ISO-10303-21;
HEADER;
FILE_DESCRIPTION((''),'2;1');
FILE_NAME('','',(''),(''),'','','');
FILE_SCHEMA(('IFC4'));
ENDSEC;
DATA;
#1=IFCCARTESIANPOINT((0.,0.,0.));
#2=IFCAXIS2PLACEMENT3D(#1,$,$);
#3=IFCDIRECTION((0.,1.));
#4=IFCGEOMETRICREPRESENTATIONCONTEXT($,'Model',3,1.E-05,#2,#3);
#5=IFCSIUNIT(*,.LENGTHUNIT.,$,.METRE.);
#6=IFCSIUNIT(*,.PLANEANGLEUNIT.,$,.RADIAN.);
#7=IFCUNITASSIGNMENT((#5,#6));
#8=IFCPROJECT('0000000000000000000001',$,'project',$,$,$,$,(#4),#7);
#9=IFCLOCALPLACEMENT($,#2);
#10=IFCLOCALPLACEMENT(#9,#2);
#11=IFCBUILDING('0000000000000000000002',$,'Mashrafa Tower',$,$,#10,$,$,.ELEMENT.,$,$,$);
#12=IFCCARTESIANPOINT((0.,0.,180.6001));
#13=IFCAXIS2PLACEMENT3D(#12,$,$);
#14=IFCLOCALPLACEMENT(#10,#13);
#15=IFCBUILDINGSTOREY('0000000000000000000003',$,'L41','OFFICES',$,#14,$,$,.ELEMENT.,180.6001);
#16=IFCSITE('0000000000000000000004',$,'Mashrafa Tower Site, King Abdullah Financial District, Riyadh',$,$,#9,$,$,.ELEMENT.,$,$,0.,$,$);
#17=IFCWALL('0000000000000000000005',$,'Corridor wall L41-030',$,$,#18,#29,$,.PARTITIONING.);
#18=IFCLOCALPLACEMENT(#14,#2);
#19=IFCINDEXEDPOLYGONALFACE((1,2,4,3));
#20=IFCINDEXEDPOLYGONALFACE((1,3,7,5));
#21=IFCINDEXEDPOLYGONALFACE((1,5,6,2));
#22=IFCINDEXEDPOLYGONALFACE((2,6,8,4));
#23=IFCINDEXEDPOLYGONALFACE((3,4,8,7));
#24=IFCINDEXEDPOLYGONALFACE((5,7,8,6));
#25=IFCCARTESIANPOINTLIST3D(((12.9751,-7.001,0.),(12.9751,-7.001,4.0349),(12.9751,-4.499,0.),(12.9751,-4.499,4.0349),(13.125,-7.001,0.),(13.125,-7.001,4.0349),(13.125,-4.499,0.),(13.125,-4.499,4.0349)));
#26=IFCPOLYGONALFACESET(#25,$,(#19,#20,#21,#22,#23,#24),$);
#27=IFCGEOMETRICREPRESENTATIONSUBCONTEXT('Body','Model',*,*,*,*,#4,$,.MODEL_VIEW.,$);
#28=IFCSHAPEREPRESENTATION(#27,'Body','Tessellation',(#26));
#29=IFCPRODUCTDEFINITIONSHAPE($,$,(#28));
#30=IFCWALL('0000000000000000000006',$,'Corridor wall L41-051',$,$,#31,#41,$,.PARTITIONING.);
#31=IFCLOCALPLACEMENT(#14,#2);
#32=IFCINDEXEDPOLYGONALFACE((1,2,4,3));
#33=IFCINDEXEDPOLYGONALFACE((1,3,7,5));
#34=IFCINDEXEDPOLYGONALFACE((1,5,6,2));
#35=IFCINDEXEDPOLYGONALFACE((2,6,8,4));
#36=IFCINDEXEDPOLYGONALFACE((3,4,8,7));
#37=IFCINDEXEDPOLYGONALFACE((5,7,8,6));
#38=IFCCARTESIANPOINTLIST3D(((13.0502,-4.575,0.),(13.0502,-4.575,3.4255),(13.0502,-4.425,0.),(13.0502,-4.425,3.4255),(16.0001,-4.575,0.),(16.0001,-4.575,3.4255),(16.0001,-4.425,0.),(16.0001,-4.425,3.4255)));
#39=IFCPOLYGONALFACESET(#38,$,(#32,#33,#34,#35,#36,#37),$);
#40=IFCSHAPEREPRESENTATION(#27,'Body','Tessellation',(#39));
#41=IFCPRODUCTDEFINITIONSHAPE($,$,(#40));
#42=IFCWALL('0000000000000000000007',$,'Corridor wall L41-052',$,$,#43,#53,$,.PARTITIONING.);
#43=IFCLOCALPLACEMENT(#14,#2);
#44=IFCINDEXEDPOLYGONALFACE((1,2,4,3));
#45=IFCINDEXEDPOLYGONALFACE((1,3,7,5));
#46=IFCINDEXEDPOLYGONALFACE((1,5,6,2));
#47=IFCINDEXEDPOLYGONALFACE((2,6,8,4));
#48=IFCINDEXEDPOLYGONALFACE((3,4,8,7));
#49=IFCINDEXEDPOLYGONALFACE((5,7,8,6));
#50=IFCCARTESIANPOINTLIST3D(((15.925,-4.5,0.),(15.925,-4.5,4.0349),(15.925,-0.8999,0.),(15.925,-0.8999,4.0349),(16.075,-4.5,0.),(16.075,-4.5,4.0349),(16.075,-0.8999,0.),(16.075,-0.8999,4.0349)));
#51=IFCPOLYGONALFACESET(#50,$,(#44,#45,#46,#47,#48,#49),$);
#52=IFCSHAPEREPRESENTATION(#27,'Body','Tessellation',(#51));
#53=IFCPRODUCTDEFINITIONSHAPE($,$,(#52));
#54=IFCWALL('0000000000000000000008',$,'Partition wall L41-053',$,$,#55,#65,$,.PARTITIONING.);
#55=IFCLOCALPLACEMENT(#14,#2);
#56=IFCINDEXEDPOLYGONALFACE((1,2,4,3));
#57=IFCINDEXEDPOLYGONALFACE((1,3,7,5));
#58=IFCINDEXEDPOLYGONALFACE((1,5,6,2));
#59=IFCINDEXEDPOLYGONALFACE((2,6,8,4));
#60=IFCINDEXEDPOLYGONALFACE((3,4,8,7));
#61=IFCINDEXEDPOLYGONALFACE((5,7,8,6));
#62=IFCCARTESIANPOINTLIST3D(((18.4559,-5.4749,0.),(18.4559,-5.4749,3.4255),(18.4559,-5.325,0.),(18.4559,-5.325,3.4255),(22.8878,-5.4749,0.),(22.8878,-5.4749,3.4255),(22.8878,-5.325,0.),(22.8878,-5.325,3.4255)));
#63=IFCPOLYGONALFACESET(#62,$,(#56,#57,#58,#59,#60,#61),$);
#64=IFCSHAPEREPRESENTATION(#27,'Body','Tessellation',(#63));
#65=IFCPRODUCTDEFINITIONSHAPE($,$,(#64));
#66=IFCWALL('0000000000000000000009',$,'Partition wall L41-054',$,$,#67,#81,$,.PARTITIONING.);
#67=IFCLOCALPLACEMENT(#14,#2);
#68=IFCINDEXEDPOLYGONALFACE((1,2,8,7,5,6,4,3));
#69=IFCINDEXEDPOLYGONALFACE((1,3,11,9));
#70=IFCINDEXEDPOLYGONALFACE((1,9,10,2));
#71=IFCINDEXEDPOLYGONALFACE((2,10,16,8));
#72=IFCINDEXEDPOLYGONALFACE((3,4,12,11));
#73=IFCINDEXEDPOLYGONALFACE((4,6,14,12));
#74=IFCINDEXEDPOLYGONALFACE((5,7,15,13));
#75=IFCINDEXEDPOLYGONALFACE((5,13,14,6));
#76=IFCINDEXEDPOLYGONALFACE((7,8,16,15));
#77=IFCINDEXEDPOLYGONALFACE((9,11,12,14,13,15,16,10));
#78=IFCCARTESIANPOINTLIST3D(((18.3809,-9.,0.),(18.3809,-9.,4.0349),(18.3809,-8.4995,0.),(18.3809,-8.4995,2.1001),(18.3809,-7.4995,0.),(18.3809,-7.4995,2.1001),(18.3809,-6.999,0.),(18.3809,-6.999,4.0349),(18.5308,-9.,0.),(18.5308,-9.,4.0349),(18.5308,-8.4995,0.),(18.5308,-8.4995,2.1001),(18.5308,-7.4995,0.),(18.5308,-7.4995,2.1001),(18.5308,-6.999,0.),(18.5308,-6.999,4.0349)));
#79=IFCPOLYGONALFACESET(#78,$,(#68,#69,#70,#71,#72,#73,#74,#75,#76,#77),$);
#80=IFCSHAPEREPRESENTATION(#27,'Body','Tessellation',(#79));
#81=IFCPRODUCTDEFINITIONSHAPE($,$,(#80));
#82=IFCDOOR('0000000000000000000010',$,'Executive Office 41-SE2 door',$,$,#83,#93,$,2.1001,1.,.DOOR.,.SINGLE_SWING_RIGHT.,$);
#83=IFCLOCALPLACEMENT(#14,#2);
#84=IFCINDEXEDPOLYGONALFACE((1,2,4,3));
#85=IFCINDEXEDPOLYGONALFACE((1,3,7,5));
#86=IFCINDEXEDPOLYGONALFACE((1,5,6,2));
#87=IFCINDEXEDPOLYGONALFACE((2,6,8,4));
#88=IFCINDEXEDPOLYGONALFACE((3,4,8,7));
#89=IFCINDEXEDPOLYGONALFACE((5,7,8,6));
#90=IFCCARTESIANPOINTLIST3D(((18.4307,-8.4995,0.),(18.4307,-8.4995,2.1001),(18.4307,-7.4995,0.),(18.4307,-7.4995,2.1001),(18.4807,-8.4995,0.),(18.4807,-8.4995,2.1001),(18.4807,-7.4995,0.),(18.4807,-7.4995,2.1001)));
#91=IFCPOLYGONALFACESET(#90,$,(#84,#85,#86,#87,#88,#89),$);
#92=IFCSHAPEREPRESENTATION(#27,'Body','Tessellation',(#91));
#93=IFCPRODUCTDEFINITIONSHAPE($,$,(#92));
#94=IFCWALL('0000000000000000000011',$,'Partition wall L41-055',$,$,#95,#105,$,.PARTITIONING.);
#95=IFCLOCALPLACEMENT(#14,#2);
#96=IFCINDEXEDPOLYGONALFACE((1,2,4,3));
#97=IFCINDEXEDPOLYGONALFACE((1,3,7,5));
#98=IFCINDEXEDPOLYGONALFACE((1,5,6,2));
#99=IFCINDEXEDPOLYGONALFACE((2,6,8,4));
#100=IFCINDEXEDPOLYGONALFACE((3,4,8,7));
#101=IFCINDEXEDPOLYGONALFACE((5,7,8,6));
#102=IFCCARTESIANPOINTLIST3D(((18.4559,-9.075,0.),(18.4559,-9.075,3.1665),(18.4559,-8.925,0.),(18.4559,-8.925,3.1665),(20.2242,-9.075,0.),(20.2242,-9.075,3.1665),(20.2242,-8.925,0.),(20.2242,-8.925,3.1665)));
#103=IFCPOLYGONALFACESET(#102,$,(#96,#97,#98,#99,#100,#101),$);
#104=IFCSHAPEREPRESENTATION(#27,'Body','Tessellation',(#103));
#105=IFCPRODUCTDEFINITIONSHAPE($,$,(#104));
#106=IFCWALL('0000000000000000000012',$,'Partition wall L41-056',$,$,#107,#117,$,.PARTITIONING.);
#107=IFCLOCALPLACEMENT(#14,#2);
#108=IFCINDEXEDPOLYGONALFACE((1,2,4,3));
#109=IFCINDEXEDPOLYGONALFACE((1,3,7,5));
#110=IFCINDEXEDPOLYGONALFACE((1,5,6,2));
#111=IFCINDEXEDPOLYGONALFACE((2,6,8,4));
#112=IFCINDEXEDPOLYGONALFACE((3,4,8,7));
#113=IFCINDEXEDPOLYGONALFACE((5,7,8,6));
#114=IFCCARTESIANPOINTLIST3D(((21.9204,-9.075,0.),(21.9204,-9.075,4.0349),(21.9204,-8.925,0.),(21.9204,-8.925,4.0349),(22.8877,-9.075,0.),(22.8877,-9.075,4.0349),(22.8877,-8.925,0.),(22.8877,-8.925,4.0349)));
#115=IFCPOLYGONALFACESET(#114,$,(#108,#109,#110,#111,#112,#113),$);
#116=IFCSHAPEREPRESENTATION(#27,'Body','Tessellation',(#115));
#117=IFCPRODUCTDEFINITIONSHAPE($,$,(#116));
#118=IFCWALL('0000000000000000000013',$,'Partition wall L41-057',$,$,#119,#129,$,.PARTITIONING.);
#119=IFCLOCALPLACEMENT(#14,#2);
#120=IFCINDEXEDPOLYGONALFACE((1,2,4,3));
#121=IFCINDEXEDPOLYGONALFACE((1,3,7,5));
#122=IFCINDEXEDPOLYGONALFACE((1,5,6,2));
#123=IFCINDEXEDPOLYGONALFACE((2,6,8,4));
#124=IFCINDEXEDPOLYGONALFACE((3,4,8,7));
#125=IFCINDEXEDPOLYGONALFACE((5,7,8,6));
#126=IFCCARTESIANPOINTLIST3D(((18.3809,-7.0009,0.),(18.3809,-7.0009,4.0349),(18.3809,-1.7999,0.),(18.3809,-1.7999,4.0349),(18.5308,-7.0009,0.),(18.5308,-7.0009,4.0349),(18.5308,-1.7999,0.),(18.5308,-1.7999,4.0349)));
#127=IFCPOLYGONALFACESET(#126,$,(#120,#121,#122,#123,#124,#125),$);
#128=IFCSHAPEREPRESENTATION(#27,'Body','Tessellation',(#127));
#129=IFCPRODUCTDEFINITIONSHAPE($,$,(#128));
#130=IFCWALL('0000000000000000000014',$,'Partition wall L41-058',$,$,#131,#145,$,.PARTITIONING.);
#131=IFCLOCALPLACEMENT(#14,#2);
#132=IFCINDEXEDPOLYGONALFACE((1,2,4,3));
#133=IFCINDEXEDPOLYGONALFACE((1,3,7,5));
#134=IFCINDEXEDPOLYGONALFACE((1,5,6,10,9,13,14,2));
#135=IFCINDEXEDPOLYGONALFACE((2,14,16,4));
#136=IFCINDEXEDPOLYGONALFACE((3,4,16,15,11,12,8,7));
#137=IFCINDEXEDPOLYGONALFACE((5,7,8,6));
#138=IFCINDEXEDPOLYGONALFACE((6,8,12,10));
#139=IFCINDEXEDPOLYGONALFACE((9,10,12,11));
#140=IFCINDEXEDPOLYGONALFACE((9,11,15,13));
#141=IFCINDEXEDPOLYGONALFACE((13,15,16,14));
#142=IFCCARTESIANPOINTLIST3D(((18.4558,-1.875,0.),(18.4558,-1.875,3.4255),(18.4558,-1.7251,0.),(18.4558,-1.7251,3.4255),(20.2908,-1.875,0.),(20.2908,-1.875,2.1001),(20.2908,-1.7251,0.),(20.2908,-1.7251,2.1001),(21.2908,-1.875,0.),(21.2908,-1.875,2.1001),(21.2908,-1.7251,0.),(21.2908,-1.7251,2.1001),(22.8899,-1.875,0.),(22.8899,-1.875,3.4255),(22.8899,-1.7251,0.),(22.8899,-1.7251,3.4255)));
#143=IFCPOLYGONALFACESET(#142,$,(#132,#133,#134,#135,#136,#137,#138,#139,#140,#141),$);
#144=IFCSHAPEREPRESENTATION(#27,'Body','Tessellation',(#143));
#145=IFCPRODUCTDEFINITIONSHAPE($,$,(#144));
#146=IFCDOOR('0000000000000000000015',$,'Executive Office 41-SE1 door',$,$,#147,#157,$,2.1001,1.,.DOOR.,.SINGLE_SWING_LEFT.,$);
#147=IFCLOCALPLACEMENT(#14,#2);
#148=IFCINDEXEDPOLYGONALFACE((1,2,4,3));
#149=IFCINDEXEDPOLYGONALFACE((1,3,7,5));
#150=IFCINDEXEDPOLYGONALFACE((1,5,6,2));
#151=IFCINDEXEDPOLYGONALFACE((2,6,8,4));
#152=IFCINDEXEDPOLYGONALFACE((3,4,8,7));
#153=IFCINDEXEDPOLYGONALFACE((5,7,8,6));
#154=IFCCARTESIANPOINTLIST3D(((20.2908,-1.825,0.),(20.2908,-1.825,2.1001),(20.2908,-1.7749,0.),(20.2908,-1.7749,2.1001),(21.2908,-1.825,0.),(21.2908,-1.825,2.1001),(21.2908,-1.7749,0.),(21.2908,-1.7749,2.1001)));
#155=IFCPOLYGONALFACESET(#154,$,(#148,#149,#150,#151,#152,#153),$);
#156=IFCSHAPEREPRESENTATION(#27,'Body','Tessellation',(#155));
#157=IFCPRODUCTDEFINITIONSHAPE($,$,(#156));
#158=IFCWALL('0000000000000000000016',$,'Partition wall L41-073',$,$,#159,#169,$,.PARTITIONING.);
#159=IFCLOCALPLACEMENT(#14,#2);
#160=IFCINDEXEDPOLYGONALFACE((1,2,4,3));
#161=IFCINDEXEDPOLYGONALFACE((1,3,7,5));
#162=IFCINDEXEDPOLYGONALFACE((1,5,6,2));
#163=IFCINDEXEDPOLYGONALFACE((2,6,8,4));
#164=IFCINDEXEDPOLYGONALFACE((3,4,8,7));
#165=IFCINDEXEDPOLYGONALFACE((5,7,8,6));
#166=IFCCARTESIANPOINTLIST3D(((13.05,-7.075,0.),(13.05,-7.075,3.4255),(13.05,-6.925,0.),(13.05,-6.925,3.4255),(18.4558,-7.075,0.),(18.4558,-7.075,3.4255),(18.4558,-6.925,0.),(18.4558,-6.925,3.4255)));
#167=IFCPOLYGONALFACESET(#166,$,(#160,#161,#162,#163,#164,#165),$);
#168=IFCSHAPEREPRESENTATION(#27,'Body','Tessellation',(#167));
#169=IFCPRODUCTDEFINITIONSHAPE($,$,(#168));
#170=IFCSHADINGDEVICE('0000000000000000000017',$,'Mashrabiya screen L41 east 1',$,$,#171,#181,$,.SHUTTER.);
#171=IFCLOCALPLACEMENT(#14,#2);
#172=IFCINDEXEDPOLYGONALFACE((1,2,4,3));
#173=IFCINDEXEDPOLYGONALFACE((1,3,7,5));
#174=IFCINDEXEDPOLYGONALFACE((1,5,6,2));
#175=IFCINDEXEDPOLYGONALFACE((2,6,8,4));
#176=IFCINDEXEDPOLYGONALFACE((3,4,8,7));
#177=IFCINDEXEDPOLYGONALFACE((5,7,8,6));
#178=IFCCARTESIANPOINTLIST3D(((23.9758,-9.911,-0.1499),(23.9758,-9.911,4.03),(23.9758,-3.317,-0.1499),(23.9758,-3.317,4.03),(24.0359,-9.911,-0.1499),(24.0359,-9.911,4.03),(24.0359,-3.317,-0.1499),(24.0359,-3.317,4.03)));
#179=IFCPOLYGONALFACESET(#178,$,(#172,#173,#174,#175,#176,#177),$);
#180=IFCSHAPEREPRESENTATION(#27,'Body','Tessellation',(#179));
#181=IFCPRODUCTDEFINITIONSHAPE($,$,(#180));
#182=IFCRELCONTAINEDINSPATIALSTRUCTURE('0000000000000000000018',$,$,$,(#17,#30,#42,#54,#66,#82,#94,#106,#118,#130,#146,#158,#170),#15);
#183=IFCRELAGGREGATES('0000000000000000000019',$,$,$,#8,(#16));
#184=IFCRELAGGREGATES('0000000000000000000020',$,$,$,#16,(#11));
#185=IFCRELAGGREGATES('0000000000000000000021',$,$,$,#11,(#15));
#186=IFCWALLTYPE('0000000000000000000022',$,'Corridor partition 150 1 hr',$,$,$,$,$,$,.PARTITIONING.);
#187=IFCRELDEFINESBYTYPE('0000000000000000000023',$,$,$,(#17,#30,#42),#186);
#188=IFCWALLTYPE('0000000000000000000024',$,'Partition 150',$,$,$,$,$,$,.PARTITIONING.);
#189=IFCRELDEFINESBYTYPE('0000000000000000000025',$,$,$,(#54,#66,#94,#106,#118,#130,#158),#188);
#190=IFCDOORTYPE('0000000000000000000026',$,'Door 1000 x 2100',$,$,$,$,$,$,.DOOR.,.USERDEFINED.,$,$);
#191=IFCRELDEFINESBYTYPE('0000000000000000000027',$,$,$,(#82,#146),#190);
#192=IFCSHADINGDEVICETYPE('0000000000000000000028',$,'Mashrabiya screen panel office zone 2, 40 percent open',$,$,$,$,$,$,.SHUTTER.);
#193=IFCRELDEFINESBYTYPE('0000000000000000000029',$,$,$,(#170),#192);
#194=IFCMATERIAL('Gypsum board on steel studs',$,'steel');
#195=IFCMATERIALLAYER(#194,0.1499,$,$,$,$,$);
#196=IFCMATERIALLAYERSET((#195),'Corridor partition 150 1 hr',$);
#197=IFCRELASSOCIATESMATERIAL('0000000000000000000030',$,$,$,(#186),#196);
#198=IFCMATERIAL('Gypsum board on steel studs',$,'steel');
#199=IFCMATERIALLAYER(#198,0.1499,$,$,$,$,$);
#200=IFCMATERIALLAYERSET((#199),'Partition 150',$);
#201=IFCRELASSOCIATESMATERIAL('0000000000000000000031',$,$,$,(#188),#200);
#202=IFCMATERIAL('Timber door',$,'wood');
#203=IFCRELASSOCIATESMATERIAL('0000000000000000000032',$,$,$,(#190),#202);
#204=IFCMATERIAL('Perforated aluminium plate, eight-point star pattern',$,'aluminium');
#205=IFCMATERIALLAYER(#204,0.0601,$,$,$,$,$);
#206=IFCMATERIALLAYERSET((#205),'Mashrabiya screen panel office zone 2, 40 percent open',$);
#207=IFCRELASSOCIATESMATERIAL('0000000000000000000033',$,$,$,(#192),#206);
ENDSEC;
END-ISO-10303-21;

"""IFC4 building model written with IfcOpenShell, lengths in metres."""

from ifc_helpers import new_model, si_unit, direction, frame, frame_2d, origin, origin_2d, place, context, subcontext, project, spatial, rectangle, extrude, source, transform, mapped, material, layer, layer_set, type_object, type_shapes, element, fill, save


model = new_model("IFC4")

# Units and contexts
model_context = context("Model", 3, precision=1e-05, world=origin(), true_north=direction((0.0, 1.0)))
body_context = subcontext(model_context, "Body", "Model", "MODEL_VIEW")
ifc_project = project(units=[si_unit("LENGTHUNIT", "METRE"), si_unit("PLANEANGLEUNIT", "RADIAN")], contexts=[model_context])

# Site, building, storey
site_placement = place(None, origin())
site = spatial("IfcSite", under=ifc_project, at=site_placement, Name="Mashrafa Tower Site, King Abdullah Financial District, Riyadh", CompositionType="ELEMENT", RefElevation=0.0)
building_placement = place(site_placement, origin())
building = spatial("IfcBuilding", under=site, at=building_placement, Name="Mashrafa Tower", CompositionType="ELEMENT")
storey_placement = place(building_placement, frame((0.0, 0.0, 180.6001)))
storey = spatial("IfcBuildingStorey", under=building, at=storey_placement, Name="L41", Description="OFFICES", CompositionType="ELEMENT", Elevation=180.6001)

# Shared definitions
ifc_material_1 = material(Name="Gypsum board on steel studs", Category="steel")
ifc_layer_1 = layer(ifc_material_1, 0.1499)
ifc_layer_set_1 = layer_set([ifc_layer_1], Name="Corridor partition 150 1 hr")
wall_type_1 = type_object("IfcWallType", Name="Corridor partition 150 1 hr", PredefinedType="PARTITIONING", material=ifc_layer_set_1)

# Wall
wall_1_placement = place(storey_placement, frame((13.05, -7.001, 0.0), z_axis=(0.0, 0.0, 1.0), x_axis=(0.0, 1.0, 0.0)))
element("IfcWall", 1, at=wall_1_placement, inside=storey, type_object=wall_type_1, Name="Corridor wall L41-030", PredefinedType="PARTITIONING", context=body_context, shape_type="SweptSolid", body=[
    extrude(rectangle(XDim=2.502, YDim=0.1499, at=frame_2d((1.251, 0.0))), origin(), (0.0, 0.0, 1.0), 4.0349),
])

# Walls
wall_2_placement = place(storey_placement, frame((13.05, -4.5, 0.0), z_axis=(0.0, 0.0, 1.0), x_axis=(1.0, 0.0, 0.0)))
element("IfcWall", 2, at=wall_2_placement, inside=storey, type_object=wall_type_1, Name="Corridor wall L41-051", PredefinedType="PARTITIONING", context=body_context, shape_type="SweptSolid", body=[
    extrude(rectangle(XDim=2.95, YDim=0.1499, at=frame_2d((1.4751, 0.0))), origin(), (0.0, 0.0, 1.0), 3.4255),
])
wall_3_placement = place(storey_placement, frame((16.0, -4.5, 0.0), z_axis=(0.0, 0.0, 1.0), x_axis=(0.0, 1.0, 0.0)))
element("IfcWall", 3, at=wall_3_placement, inside=storey, type_object=wall_type_1, Name="Corridor wall L41-052", PredefinedType="PARTITIONING", context=body_context, shape_type="SweptSolid", body=[
    extrude(rectangle(XDim=3.6001, YDim=0.1499, at=frame_2d((1.8, 0.0))), origin(), (0.0, 0.0, 1.0), 4.0349),
])
ifc_material_2 = material(Name="Gypsum board on steel studs", Category="steel")
ifc_layer_2 = layer(ifc_material_2, 0.1499)
ifc_layer_set_2 = layer_set([ifc_layer_2], Name="Partition 150")
wall_type_2 = type_object("IfcWallType", Name="Partition 150", PredefinedType="PARTITIONING", material=ifc_layer_set_2)
wall_4_placement = place(storey_placement, frame((22.8877, -5.3999, 0.0), z_axis=(0.0, 0.0, 1.0), x_axis=(-1.0, 0.0, 0.0)))
element("IfcWall", 4, at=wall_4_placement, inside=storey, type_object=wall_type_2, Name="Partition wall L41-053", PredefinedType="PARTITIONING", context=body_context, shape_type="SweptSolid", body=[
    extrude(rectangle(XDim=4.4319, YDim=0.1499, at=frame_2d((2.2158, 0.0))), origin(), (0.0, 0.0, 1.0), 3.4255),
])

# Wall, opening, door
wall_5_placement = place(storey_placement, frame((18.4558, -6.999, 0.0), z_axis=(0.0, 0.0, 1.0), x_axis=(0.0, -1.0, 0.0)))
wall_5 = element("IfcWall", 5, at=wall_5_placement, inside=storey, type_object=wall_type_2, Name="Partition wall L41-054", PredefinedType="PARTITIONING", context=body_context, shape_type="SweptSolid", body=[
    extrude(rectangle(XDim=2.001, YDim=0.1499, at=frame_2d((1.0005, 0.0))), origin(), (0.0, 0.0, 1.0), 4.0349),
])
opening_1_placement = place(wall_5_placement, frame((0.5005, 0.0, 0.0)))
opening_1 = element("IfcOpeningElement", 6, at=opening_1_placement, cuts=wall_5, PredefinedType="OPENING", context=body_context, shape_type="SweptSolid", body=[
    extrude(rectangle(XDim=1.0, YDim=2.1001, at=frame_2d((0.5, 1.05))), frame((0.0, 0.085, 0.0), z_axis=(0.0, -1.0, 0.0), x_axis=(1.0, 0.0, 0.0)), (0.0, 0.0, 1.0), 0.1699),
])
ifc_material_3 = material(Name="Timber door", Category="wood")
door_type_1 = type_object("IfcDoorType", Name="Door 1000 x 2100", OperationType="USERDEFINED", PredefinedType="DOOR", material=ifc_material_3)
door_1_placement = place(opening_1_placement, origin())
door_1 = element("IfcDoor", 7, at=door_1_placement, inside=storey, type_object=door_type_1, Name="Executive Office 41-SE2 door", OperationType="SINGLE_SWING_RIGHT", OverallHeight=2.1001, OverallWidth=1.0, PredefinedType="DOOR", context=body_context, shape_type="SweptSolid", body=[
    extrude(rectangle(XDim=1.0, YDim=2.1001, at=frame_2d((0.5, 1.05))), frame((0.0, 0.0249, 0.0), z_axis=(0.0, -1.0, 0.0), x_axis=(1.0, 0.0, 0.0)), (0.0, 0.0, 1.0), 0.05),
])
fill(opening_1, door_1)

# Walls
wall_6_placement = place(storey_placement, frame((18.4558, -9.0, 0.0), z_axis=(0.0, 0.0, 1.0), x_axis=(1.0, 0.0, 0.0)))
element("IfcWall", 8, at=wall_6_placement, inside=storey, type_object=wall_type_2, Name="Partition wall L41-055", PredefinedType="PARTITIONING", context=body_context, shape_type="SweptSolid", body=[
    extrude(rectangle(XDim=1.7683, YDim=0.1499, at=frame_2d((0.8843, 0.0))), origin(), (0.0, 0.0, 1.0), 3.1665),
])
wall_7_placement = place(storey_placement, frame((21.9204, -9.0, 0.0), z_axis=(0.0, 0.0, 1.0), x_axis=(1.0, 0.0, 0.0)))
element("IfcWall", 9, at=wall_7_placement, inside=storey, type_object=wall_type_2, Name="Partition wall L41-056", PredefinedType="PARTITIONING", context=body_context, shape_type="SweptSolid", body=[
    extrude(rectangle(XDim=0.9673, YDim=0.1499, at=frame_2d((0.4836, 0.0))), origin(), (0.0, 0.0, 1.0), 4.0349),
])
wall_8_placement = place(storey_placement, frame((18.4558, -7.001, 0.0), z_axis=(0.0, 0.0, 1.0), x_axis=(0.0, 1.0, 0.0)))
element("IfcWall", 10, at=wall_8_placement, inside=storey, type_object=wall_type_2, Name="Partition wall L41-057", PredefinedType="PARTITIONING", context=body_context, shape_type="SweptSolid", body=[
    extrude(rectangle(XDim=5.2009, YDim=0.1499, at=frame_2d((2.6006, 0.0))), origin(), (0.0, 0.0, 1.0), 4.0349),
])

# Wall, opening, door
wall_9_placement = place(storey_placement, frame((22.8899, -1.8, 0.0), z_axis=(0.0, 0.0, 1.0), x_axis=(-1.0, 0.0, 0.0)))
wall_9 = element("IfcWall", 11, at=wall_9_placement, inside=storey, type_object=wall_type_2, Name="Partition wall L41-058", PredefinedType="PARTITIONING", context=body_context, shape_type="SweptSolid", body=[
    extrude(rectangle(XDim=4.4341, YDim=0.1499, at=frame_2d((2.217, 0.0))), origin(), (0.0, 0.0, 1.0), 3.4255),
])
opening_2_placement = place(wall_9_placement, frame((1.5991, 0.0, 0.0)))
opening_2 = element("IfcOpeningElement", 12, at=opening_2_placement, cuts=wall_9, PredefinedType="OPENING", context=body_context, shape_type="SweptSolid", body=[
    extrude(rectangle(XDim=1.0, YDim=2.1001, at=frame_2d((0.5, 1.05))), frame((0.0, 0.085, 0.0), z_axis=(0.0, -1.0, 0.0), x_axis=(1.0, 0.0, 0.0)), (0.0, 0.0, 1.0), 0.1699),
])
door_2_placement = place(opening_2_placement, origin())
door_2 = element("IfcDoor", 13, at=door_2_placement, inside=storey, type_object=door_type_1, Name="Executive Office 41-SE1 door", OperationType="SINGLE_SWING_LEFT", OverallHeight=2.1001, OverallWidth=1.0, PredefinedType="DOOR", context=body_context, shape_type="SweptSolid", body=[
    extrude(rectangle(XDim=1.0, YDim=2.1001, at=frame_2d((0.5, 1.05))), frame((0.0, 0.0249, 0.0), z_axis=(0.0, -1.0, 0.0), x_axis=(1.0, 0.0, 0.0)), (0.0, 0.0, 1.0), 0.05),
])
fill(opening_2, door_2)

# Wall
wall_10_placement = place(storey_placement, frame((18.4558, -7.0, 0.0), z_axis=(0.0, 0.0, 1.0), x_axis=(-1.0, 0.0, 0.0)))
element("IfcWall", 14, at=wall_10_placement, inside=storey, type_object=wall_type_2, Name="Partition wall L41-073", PredefinedType="PARTITIONING", context=body_context, shape_type="SweptSolid", body=[
    extrude(rectangle(XDim=5.4058, YDim=0.1499, at=frame_2d((2.7029, 0.0))), origin(), (0.0, 0.0, 1.0), 3.4255),
])

# Shading device
ifc_material_4 = material(Name="Perforated aluminium plate, eight-point star pattern", Category="aluminium")
ifc_layer_3 = layer(ifc_material_4, 0.0601)
ifc_layer_set_3 = layer_set([ifc_layer_3], Name="Mashrabiya screen panel office zone 2, 40 percent open")
shading_device_type = type_object("IfcShadingDeviceType", Name="Mashrabiya screen panel office zone 2, 40 percent open", PredefinedType="SHUTTER", material=ifc_layer_set_3)
shared_shape_1 = source(origin(), body_context, "Body", "SweptSolid", [
    extrude(rectangle(XDim=6.594, YDim=0.0601, at=origin_2d()), origin(), (0.0, 0.0, 1.0), 4.1799),
])
type_shapes(shading_device_type, [shared_shape_1])
shading_device_placement = place(storey_placement, frame((24.0059, -6.614, -0.1499), z_axis=(0.0, 0.0, 1.0), x_axis=(0.0, 1.0, 0.0)))
element("IfcShadingDevice", 15, at=shading_device_placement, inside=storey, type_object=shading_device_type, Name="Mashrabiya screen L41 east 1", PredefinedType="SHUTTER", context=body_context, shape_type="MappedRepresentation", body=[
    mapped(shared_shape_1, transform((0.0, 0.0, 0.0))),
])

save(model, "model.ifc")
